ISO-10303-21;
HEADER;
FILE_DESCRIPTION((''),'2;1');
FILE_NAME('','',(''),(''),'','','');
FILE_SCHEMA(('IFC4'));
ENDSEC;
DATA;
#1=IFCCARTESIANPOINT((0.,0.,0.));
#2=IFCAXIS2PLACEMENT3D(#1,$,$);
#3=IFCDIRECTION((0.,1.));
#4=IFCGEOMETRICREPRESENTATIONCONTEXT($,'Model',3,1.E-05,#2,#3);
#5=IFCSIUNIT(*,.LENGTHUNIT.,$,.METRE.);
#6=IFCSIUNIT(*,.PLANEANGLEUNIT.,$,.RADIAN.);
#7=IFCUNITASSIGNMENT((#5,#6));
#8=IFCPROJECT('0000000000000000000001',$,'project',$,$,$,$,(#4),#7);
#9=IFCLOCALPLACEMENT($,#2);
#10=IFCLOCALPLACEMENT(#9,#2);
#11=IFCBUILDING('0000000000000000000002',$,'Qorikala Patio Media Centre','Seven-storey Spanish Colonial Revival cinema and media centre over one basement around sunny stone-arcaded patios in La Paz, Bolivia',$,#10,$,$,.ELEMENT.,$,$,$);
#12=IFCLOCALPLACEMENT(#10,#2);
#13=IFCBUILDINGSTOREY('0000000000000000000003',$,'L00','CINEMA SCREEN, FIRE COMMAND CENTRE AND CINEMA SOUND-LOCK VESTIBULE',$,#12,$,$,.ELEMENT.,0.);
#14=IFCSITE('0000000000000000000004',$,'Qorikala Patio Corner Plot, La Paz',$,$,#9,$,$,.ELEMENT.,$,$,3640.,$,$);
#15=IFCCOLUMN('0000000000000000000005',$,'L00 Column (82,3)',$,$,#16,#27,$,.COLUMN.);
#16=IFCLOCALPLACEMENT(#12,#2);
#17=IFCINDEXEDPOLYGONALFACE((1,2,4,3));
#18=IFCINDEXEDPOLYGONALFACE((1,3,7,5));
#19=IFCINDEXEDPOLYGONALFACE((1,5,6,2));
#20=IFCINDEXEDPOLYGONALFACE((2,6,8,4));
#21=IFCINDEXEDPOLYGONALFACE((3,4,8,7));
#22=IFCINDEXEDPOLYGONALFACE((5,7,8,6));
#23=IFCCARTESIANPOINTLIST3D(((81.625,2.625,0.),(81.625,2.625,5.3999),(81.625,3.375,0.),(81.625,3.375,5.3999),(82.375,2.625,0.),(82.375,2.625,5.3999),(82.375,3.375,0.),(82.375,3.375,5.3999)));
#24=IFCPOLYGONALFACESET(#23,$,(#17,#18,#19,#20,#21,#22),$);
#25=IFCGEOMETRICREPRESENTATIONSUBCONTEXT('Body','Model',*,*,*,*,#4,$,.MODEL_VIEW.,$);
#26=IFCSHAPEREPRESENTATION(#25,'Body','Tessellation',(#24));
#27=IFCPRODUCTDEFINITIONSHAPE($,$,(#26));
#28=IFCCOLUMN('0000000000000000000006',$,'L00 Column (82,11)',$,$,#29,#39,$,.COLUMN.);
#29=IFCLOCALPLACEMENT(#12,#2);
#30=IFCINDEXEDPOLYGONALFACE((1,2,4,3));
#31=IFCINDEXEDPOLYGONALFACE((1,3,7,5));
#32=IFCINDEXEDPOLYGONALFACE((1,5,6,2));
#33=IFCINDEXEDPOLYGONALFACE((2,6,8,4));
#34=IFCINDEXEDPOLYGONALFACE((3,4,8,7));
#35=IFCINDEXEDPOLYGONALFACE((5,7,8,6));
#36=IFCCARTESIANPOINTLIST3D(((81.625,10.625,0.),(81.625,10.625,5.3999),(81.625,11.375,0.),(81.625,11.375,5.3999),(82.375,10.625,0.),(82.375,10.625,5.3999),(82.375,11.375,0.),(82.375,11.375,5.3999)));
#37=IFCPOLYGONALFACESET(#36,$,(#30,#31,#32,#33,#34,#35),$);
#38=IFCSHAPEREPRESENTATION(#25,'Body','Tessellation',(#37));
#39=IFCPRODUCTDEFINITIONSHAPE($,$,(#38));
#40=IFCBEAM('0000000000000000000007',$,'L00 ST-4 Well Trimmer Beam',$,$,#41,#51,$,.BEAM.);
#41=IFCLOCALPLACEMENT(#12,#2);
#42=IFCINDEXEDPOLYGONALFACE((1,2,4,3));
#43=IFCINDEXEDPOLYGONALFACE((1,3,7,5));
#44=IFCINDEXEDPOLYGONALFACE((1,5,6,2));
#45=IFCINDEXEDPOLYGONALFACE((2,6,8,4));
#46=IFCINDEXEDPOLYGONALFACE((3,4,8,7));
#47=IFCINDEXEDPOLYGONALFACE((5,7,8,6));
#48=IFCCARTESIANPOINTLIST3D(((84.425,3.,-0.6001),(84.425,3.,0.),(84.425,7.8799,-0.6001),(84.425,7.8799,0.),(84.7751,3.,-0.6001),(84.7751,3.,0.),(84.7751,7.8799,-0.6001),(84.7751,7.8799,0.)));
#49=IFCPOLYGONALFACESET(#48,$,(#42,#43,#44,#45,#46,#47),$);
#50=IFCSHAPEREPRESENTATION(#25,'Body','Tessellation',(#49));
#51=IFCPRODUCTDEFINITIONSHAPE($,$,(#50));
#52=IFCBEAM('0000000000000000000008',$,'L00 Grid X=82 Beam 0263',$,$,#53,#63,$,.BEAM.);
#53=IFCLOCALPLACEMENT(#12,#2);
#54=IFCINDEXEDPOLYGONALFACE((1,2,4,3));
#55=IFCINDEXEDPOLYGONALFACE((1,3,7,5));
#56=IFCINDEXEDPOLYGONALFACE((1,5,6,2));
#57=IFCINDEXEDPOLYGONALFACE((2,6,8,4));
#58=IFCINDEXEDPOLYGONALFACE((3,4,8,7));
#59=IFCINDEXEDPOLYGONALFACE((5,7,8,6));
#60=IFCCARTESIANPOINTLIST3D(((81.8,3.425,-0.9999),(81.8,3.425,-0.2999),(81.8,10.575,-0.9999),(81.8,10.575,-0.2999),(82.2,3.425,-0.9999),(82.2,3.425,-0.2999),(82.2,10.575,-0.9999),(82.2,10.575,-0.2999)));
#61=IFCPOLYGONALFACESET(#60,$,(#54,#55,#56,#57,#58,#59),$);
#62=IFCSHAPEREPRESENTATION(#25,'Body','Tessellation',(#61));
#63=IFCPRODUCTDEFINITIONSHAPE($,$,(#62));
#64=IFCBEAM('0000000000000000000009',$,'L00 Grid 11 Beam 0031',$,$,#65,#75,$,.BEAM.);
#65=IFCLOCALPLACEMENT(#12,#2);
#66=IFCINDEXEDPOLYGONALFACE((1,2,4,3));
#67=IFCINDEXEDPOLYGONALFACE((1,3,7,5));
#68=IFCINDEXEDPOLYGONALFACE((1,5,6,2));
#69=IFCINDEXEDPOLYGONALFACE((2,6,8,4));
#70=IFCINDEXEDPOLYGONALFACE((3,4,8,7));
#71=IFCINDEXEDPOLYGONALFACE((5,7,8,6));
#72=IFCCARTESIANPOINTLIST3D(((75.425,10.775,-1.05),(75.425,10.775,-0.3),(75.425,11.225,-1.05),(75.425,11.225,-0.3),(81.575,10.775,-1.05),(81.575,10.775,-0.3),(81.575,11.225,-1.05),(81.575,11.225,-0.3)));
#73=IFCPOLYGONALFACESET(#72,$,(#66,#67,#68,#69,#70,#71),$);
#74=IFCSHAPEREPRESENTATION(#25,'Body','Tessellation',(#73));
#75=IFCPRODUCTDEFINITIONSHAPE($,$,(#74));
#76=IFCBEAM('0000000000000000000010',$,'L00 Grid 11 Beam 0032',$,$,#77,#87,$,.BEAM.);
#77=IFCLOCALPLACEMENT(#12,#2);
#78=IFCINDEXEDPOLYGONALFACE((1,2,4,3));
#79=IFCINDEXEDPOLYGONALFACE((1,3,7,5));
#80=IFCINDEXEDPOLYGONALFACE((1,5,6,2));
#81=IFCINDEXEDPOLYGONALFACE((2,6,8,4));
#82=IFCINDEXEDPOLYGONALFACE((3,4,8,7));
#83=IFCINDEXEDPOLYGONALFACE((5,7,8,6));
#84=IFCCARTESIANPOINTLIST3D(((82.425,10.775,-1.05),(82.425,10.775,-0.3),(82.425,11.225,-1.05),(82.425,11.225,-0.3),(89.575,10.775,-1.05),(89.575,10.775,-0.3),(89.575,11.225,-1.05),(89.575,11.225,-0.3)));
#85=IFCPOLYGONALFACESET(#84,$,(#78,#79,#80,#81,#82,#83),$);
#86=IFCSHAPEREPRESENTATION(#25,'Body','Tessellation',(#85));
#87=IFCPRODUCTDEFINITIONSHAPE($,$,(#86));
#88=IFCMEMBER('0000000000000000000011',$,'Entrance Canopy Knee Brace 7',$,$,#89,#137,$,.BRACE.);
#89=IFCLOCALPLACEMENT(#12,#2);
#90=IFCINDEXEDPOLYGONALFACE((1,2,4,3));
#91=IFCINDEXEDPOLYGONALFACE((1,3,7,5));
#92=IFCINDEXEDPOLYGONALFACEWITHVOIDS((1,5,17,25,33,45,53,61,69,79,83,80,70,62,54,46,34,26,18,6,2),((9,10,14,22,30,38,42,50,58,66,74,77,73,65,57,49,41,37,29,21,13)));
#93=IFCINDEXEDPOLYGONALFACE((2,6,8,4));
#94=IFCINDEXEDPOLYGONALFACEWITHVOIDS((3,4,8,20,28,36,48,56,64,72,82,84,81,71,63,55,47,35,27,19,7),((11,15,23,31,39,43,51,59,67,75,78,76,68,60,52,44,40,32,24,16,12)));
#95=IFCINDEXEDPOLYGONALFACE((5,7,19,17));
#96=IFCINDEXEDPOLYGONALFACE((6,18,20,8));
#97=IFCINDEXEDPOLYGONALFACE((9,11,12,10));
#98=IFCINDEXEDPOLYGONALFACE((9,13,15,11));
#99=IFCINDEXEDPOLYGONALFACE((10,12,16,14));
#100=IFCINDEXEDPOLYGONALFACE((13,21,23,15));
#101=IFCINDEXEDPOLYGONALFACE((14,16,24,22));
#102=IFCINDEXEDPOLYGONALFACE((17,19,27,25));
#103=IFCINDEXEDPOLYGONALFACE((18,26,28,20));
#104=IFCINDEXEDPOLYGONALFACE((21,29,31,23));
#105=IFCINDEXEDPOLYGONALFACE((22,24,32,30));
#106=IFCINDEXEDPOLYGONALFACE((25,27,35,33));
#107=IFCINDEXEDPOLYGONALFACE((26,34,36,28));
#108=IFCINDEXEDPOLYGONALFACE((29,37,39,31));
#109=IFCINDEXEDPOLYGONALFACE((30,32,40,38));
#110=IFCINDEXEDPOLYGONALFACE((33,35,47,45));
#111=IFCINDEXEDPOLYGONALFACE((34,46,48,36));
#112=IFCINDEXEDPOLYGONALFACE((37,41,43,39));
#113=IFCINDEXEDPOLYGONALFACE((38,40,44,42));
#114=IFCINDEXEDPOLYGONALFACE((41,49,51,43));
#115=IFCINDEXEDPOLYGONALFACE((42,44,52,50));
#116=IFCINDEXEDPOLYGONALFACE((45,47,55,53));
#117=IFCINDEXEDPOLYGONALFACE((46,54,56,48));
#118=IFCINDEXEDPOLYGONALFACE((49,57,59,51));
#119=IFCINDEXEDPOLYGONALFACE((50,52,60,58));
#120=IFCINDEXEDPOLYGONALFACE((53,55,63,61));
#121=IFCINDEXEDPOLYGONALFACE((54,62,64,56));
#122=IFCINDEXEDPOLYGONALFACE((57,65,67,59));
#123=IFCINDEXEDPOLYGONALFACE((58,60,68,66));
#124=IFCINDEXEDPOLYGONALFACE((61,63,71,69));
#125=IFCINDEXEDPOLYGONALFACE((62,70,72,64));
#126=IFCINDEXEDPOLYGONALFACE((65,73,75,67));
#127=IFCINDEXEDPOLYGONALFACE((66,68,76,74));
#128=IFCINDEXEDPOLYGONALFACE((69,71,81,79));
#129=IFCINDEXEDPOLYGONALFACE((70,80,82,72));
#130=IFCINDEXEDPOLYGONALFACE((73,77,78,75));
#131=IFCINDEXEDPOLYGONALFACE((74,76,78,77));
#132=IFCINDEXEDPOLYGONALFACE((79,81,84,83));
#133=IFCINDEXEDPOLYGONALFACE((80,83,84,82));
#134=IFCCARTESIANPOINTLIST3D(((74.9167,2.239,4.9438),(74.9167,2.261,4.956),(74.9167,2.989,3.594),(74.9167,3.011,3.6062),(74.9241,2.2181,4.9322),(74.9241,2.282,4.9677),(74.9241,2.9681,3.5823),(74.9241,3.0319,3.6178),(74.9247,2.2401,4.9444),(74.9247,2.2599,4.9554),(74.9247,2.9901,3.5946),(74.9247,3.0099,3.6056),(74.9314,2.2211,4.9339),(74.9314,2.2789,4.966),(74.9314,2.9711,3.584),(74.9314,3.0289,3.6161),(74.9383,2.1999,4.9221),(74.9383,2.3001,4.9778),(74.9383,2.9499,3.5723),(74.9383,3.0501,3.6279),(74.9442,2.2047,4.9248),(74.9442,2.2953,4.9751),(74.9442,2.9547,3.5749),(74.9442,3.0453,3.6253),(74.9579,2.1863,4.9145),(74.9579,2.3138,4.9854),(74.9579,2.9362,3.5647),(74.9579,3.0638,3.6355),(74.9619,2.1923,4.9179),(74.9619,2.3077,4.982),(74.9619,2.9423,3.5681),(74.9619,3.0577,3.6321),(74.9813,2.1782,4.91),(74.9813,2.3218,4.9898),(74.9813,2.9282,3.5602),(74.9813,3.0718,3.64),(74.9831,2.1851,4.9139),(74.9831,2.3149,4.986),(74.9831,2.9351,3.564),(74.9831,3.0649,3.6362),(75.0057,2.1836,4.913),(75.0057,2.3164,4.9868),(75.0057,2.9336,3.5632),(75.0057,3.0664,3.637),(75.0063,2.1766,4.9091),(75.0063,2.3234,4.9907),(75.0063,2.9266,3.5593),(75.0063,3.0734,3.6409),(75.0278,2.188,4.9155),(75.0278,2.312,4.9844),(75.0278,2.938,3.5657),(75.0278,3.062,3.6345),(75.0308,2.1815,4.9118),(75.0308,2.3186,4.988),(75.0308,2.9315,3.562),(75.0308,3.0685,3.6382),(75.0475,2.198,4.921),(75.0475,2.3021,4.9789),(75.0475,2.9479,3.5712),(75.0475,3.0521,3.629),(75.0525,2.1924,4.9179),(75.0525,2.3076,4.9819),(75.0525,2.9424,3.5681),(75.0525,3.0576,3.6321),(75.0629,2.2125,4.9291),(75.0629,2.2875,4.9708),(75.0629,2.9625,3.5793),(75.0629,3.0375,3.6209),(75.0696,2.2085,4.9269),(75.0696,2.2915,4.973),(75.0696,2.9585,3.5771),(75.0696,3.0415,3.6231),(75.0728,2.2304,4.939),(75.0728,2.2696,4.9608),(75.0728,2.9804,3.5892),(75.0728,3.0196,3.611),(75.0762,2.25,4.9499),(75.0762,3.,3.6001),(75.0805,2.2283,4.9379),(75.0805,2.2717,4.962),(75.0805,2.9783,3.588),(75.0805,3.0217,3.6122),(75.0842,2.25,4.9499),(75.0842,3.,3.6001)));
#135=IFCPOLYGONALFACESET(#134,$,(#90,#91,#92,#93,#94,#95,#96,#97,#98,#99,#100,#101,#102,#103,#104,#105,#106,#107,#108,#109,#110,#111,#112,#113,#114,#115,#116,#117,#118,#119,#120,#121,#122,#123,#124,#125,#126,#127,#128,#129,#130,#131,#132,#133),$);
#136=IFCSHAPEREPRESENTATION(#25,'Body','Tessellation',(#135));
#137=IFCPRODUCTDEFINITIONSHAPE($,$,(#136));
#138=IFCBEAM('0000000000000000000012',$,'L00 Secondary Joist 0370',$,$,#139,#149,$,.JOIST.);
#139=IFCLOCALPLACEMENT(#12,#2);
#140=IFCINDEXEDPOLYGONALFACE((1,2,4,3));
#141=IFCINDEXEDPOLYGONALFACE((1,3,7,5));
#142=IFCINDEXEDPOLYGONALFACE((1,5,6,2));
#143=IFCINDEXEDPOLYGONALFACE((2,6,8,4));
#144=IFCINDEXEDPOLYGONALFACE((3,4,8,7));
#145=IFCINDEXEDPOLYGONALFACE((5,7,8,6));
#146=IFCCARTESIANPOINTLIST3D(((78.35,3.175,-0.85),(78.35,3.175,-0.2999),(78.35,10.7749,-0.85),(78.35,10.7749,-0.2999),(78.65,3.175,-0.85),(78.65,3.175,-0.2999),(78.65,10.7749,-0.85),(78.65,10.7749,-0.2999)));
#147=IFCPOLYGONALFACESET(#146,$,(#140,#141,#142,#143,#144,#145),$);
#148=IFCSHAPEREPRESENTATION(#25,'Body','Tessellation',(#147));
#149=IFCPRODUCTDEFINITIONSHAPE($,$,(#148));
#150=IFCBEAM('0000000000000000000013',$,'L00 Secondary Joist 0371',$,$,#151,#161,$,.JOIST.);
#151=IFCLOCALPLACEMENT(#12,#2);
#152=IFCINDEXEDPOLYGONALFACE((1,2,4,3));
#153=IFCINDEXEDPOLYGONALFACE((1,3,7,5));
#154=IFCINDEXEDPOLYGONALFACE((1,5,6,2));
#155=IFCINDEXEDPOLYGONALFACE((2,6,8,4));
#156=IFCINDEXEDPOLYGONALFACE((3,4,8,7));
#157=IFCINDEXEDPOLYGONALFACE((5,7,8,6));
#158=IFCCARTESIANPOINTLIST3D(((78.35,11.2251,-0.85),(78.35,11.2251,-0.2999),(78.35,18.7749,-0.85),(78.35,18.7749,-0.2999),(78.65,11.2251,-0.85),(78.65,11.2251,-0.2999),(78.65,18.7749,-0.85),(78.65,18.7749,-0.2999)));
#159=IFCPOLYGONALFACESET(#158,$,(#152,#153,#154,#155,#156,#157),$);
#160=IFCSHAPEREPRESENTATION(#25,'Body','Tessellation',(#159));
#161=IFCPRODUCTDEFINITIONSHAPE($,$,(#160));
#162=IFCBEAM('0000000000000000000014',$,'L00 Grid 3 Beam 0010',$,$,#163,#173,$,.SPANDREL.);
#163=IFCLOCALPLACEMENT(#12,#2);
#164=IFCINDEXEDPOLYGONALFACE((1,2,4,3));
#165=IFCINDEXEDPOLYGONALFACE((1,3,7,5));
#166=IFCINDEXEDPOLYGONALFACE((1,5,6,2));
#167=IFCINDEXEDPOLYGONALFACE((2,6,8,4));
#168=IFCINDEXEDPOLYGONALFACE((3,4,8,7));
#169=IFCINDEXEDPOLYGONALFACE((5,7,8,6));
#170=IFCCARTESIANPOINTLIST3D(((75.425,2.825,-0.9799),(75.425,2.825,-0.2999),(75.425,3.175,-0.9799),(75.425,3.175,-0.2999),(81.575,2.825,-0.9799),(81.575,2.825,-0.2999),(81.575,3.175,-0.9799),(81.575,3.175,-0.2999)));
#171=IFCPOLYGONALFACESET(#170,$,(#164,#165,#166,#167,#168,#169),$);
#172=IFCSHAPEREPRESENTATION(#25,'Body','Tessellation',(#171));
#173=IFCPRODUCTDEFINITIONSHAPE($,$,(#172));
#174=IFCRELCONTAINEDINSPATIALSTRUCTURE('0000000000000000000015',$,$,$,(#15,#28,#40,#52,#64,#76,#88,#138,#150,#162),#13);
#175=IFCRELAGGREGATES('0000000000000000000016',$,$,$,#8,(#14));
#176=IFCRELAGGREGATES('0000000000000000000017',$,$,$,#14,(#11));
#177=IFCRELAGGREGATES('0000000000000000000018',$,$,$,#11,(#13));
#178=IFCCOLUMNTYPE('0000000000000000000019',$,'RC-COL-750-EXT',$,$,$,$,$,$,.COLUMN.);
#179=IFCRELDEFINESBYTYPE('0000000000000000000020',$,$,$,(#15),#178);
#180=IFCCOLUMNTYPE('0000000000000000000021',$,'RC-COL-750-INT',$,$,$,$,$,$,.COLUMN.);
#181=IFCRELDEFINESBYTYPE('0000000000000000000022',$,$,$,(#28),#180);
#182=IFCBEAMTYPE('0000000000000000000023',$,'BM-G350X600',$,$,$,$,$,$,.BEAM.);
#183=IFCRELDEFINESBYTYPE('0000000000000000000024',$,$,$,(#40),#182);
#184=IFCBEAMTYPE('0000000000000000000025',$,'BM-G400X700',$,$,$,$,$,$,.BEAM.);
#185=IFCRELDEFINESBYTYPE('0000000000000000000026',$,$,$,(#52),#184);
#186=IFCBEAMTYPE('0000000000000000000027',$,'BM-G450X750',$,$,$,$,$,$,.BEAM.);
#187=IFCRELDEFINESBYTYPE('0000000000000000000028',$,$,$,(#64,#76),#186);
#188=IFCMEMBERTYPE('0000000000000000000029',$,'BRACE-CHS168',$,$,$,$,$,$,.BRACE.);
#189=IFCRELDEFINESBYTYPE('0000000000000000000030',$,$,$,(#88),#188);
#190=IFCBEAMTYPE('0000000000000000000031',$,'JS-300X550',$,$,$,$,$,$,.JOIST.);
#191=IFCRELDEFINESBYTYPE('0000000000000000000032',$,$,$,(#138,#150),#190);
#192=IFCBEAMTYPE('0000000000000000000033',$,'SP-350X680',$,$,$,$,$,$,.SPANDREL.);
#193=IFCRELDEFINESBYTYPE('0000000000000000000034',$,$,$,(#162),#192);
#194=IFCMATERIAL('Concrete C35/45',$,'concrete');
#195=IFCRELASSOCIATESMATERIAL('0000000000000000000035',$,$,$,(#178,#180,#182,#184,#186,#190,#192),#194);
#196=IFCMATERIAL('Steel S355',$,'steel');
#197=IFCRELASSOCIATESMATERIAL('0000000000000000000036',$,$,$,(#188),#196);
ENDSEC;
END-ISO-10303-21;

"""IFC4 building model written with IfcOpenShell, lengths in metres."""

from ifc_helpers import new_model, si_unit, direction, frame, origin, origin_2d, place, context, subcontext, project, spatial, rectangle, hollow_circle, extrude, material, material_profile, profile_set, type_object, element, save


model = new_model("IFC4")

# Units and contexts
model_context = context("Model", 3, precision=1e-05, world=origin(), true_north=direction((0.0, 1.0)))
body_context = subcontext(model_context, "Body", "Model", "MODEL_VIEW")
ifc_project = project(units=[si_unit("LENGTHUNIT", "METRE"), si_unit("PLANEANGLEUNIT", "RADIAN")], contexts=[model_context])

# Site, building, storey
site_placement = place(None, origin())
site = spatial("IfcSite", under=ifc_project, at=site_placement, Name="Qorikala Patio Corner Plot, La Paz", CompositionType="ELEMENT", RefElevation=3640.0)
building_placement = place(site_placement, origin())
building = spatial("IfcBuilding", under=site, at=building_placement, Name="Qorikala Patio Media Centre", Description="Seven-storey Spanish Colonial Revival cinema and media centre over one basement around sunny stone-arcaded patios in La Paz, Bolivia", CompositionType="ELEMENT")
storey_placement = place(building_placement, origin())
storey = spatial("IfcBuildingStorey", under=building, at=storey_placement, Name="L00", Description="CINEMA SCREEN, FIRE COMMAND CENTRE AND CINEMA SOUND-LOCK VESTIBULE", CompositionType="ELEMENT", Elevation=0.0)

# Columns
ifc_material_1 = material(Name="Concrete C35/45", Category="concrete")
ifc_material_profile_1 = material_profile(ifc_material_1, rectangle(XDim=0.75, YDim=0.75, at=origin_2d()), Name="RC 750x750")
ifc_profile_set_1 = profile_set([ifc_material_profile_1], Name="Concrete C35/45")
column_type_1 = type_object("IfcColumnType", Name="RC-COL-750-EXT", PredefinedType="COLUMN", material=ifc_profile_set_1)
column_1_placement = place(storey_placement, frame((82.0, 3.0, 0.0), z_axis=(0.0, 0.0, 1.0), x_axis=(1.0, 0.0, 0.0)))
element("IfcColumn", 1, at=column_1_placement, inside=storey, type_object=column_type_1, Name="L00 Column (82,3)", PredefinedType="COLUMN", context=body_context, shape_type="SweptSolid", body=[
    extrude(rectangle(XDim=0.75, YDim=0.75, at=origin_2d()), origin(), (0.0, 0.0, 1.0), 5.3999),
])
ifc_material_profile_2 = material_profile(ifc_material_1, rectangle(XDim=0.75, YDim=0.75, at=origin_2d()), Name="RC 750x750")
ifc_profile_set_2 = profile_set([ifc_material_profile_2], Name="Concrete C35/45")
column_type_2 = type_object("IfcColumnType", Name="RC-COL-750-INT", PredefinedType="COLUMN", material=ifc_profile_set_2)
column_2_placement = place(storey_placement, frame((82.0, 11.0, 0.0), z_axis=(0.0, 0.0, 1.0), x_axis=(1.0, 0.0, 0.0)))
element("IfcColumn", 2, at=column_2_placement, inside=storey, type_object=column_type_2, Name="L00 Column (82,11)", PredefinedType="COLUMN", context=body_context, shape_type="SweptSolid", body=[
    extrude(rectangle(XDim=0.75, YDim=0.75, at=origin_2d()), origin(), (0.0, 0.0, 1.0), 5.3999),
])

# Beams
ifc_material_profile_3 = material_profile(ifc_material_1, rectangle(XDim=0.3501, YDim=0.6001, at=origin_2d()), Name="RC 350x600")
ifc_profile_set_3 = profile_set([ifc_material_profile_3], Name="Concrete C35/45")
beam_type_1 = type_object("IfcBeamType", Name="BM-G350X600", PredefinedType="BEAM", material=ifc_profile_set_3)
beam_1_placement = place(storey_placement, frame((84.6001, 3.0, -0.3), z_axis=(0.0, 1.0, 0.0), x_axis=(-1.0, 0.0, 0.0)))
element("IfcBeam", 3, at=beam_1_placement, inside=storey, type_object=beam_type_1, Name="L00 ST-4 Well Trimmer Beam", PredefinedType="BEAM", context=body_context, shape_type="SweptSolid", body=[
    extrude(rectangle(XDim=0.3501, YDim=0.6001, at=origin_2d()), origin(), (0.0, 0.0, 1.0), 4.8799),
])
ifc_material_profile_4 = material_profile(ifc_material_1, rectangle(XDim=0.3999, YDim=0.7, at=origin_2d()), Name="RC 400x700")
ifc_profile_set_4 = profile_set([ifc_material_profile_4], Name="Concrete C35/45")
beam_type_2 = type_object("IfcBeamType", Name="BM-G400X700", PredefinedType="BEAM", material=ifc_profile_set_4)
beam_2_placement = place(storey_placement, frame((82.0, 3.425, -0.6499), z_axis=(0.0, 1.0, 0.0), x_axis=(-1.0, 0.0, 0.0)))
element("IfcBeam", 4, at=beam_2_placement, inside=storey, type_object=beam_type_2, Name="L00 Grid X=82 Beam 0263", PredefinedType="BEAM", context=body_context, shape_type="SweptSolid", body=[
    extrude(rectangle(XDim=0.3999, YDim=0.7, at=origin_2d()), origin(), (0.0, 0.0, 1.0), 7.1499),
])
ifc_material_profile_5 = material_profile(ifc_material_1, rectangle(XDim=0.45, YDim=0.75, at=origin_2d()), Name="RC 450x750")
ifc_profile_set_5 = profile_set([ifc_material_profile_5], Name="Concrete C35/45")
beam_type_3 = type_object("IfcBeamType", Name="BM-G450X750", PredefinedType="BEAM", material=ifc_profile_set_5)
beam_3_placement = place(storey_placement, frame((75.425, 11.0, -0.675), z_axis=(1.0, 0.0, 0.0), x_axis=(0.0, 1.0, 0.0)))
element("IfcBeam", 5, at=beam_3_placement, inside=storey, type_object=beam_type_3, Name="L00 Grid 11 Beam 0031", PredefinedType="BEAM", context=body_context, shape_type="SweptSolid", body=[
    extrude(rectangle(XDim=0.45, YDim=0.75, at=origin_2d()), origin(), (0.0, 0.0, 1.0), 6.1499),
])
beam_4_placement = place(storey_placement, frame((82.425, 11.0, -0.675), z_axis=(1.0, 0.0, 0.0), x_axis=(0.0, 1.0, 0.0)))
element("IfcBeam", 6, at=beam_4_placement, inside=storey, type_object=beam_type_3, Name="L00 Grid 11 Beam 0032", PredefinedType="BEAM", context=body_context, shape_type="SweptSolid", body=[
    extrude(rectangle(XDim=0.45, YDim=0.75, at=origin_2d()), origin(), (0.0, 0.0, 1.0), 7.1499),
])

# Member
ifc_material_2 = material(Name="Steel S355", Category="steel")
ifc_material_profile_6 = material_profile(ifc_material_2, hollow_circle(Radius=0.0842, WallThickness=0.0081, at=origin_2d()), Name="CHS168X8")
ifc_profile_set_6 = profile_set([ifc_material_profile_6], Name="Steel S355")
member_type = type_object("IfcMemberType", Name="BRACE-CHS168", PredefinedType="BRACE", material=ifc_profile_set_6)
member_placement = place(storey_placement, frame((75.0, 3.0, 3.6001), z_axis=(0.0, -0.485683, 0.874135), x_axis=(1.0, 0.0, 0.0)))
element("IfcMember", 7, at=member_placement, inside=storey, type_object=member_type, Name="Entrance Canopy Knee Brace 7", PredefinedType="BRACE", context=body_context, shape_type="SweptSolid", body=[
    extrude(hollow_circle(Radius=0.0842, WallThickness=0.0081, at=origin_2d()), origin(), (0.0, 0.0, 1.0), 1.5442),
])

# Beams
ifc_material_profile_7 = material_profile(ifc_material_1, rectangle(XDim=0.3, YDim=0.55, at=origin_2d()), Name="RC 300x550")
ifc_profile_set_7 = profile_set([ifc_material_profile_7], Name="Concrete C35/45")
beam_type_4 = type_object("IfcBeamType", Name="JS-300X550", PredefinedType="JOIST", material=ifc_profile_set_7)
beam_5_placement = place(storey_placement, frame((78.5, 3.175, -0.575), z_axis=(0.0, 1.0, 0.0), x_axis=(-1.0, 0.0, 0.0)))
element("IfcBeam", 8, at=beam_5_placement, inside=storey, type_object=beam_type_4, Name="L00 Secondary Joist 0370", PredefinedType="JOIST", context=body_context, shape_type="SweptSolid", body=[
    extrude(rectangle(XDim=0.3, YDim=0.55, at=origin_2d()), origin(), (0.0, 0.0, 1.0), 7.5999),
])
beam_6_placement = place(storey_placement, frame((78.5, 11.2251, -0.575), z_axis=(0.0, 1.0, 0.0), x_axis=(-1.0, 0.0, 0.0)))
element("IfcBeam", 9, at=beam_6_placement, inside=storey, type_object=beam_type_4, Name="L00 Secondary Joist 0371", PredefinedType="JOIST", context=body_context, shape_type="SweptSolid", body=[
    extrude(rectangle(XDim=0.3, YDim=0.55, at=origin_2d()), origin(), (0.0, 0.0, 1.0), 7.5498),
])
ifc_material_profile_8 = material_profile(ifc_material_1, rectangle(XDim=0.3501, YDim=0.6799, at=origin_2d()), Name="RC 350x680")
ifc_profile_set_8 = profile_set([ifc_material_profile_8], Name="Concrete C35/45")
beam_type_5 = type_object("IfcBeamType", Name="SP-350X680", PredefinedType="SPANDREL", material=ifc_profile_set_8)
beam_7_placement = place(storey_placement, frame((75.425, 3.0, -0.6399), z_axis=(1.0, 0.0, 0.0), x_axis=(0.0, 1.0, 0.0)))
element("IfcBeam", 10, at=beam_7_placement, inside=storey, type_object=beam_type_5, Name="L00 Grid 3 Beam 0010", PredefinedType="SPANDREL", context=body_context, shape_type="SweptSolid", body=[
    extrude(rectangle(XDim=0.3501, YDim=0.6799, at=origin_2d()), origin(), (0.0, 0.0, 1.0), 6.1499),
])

save(model, "model.ifc")
